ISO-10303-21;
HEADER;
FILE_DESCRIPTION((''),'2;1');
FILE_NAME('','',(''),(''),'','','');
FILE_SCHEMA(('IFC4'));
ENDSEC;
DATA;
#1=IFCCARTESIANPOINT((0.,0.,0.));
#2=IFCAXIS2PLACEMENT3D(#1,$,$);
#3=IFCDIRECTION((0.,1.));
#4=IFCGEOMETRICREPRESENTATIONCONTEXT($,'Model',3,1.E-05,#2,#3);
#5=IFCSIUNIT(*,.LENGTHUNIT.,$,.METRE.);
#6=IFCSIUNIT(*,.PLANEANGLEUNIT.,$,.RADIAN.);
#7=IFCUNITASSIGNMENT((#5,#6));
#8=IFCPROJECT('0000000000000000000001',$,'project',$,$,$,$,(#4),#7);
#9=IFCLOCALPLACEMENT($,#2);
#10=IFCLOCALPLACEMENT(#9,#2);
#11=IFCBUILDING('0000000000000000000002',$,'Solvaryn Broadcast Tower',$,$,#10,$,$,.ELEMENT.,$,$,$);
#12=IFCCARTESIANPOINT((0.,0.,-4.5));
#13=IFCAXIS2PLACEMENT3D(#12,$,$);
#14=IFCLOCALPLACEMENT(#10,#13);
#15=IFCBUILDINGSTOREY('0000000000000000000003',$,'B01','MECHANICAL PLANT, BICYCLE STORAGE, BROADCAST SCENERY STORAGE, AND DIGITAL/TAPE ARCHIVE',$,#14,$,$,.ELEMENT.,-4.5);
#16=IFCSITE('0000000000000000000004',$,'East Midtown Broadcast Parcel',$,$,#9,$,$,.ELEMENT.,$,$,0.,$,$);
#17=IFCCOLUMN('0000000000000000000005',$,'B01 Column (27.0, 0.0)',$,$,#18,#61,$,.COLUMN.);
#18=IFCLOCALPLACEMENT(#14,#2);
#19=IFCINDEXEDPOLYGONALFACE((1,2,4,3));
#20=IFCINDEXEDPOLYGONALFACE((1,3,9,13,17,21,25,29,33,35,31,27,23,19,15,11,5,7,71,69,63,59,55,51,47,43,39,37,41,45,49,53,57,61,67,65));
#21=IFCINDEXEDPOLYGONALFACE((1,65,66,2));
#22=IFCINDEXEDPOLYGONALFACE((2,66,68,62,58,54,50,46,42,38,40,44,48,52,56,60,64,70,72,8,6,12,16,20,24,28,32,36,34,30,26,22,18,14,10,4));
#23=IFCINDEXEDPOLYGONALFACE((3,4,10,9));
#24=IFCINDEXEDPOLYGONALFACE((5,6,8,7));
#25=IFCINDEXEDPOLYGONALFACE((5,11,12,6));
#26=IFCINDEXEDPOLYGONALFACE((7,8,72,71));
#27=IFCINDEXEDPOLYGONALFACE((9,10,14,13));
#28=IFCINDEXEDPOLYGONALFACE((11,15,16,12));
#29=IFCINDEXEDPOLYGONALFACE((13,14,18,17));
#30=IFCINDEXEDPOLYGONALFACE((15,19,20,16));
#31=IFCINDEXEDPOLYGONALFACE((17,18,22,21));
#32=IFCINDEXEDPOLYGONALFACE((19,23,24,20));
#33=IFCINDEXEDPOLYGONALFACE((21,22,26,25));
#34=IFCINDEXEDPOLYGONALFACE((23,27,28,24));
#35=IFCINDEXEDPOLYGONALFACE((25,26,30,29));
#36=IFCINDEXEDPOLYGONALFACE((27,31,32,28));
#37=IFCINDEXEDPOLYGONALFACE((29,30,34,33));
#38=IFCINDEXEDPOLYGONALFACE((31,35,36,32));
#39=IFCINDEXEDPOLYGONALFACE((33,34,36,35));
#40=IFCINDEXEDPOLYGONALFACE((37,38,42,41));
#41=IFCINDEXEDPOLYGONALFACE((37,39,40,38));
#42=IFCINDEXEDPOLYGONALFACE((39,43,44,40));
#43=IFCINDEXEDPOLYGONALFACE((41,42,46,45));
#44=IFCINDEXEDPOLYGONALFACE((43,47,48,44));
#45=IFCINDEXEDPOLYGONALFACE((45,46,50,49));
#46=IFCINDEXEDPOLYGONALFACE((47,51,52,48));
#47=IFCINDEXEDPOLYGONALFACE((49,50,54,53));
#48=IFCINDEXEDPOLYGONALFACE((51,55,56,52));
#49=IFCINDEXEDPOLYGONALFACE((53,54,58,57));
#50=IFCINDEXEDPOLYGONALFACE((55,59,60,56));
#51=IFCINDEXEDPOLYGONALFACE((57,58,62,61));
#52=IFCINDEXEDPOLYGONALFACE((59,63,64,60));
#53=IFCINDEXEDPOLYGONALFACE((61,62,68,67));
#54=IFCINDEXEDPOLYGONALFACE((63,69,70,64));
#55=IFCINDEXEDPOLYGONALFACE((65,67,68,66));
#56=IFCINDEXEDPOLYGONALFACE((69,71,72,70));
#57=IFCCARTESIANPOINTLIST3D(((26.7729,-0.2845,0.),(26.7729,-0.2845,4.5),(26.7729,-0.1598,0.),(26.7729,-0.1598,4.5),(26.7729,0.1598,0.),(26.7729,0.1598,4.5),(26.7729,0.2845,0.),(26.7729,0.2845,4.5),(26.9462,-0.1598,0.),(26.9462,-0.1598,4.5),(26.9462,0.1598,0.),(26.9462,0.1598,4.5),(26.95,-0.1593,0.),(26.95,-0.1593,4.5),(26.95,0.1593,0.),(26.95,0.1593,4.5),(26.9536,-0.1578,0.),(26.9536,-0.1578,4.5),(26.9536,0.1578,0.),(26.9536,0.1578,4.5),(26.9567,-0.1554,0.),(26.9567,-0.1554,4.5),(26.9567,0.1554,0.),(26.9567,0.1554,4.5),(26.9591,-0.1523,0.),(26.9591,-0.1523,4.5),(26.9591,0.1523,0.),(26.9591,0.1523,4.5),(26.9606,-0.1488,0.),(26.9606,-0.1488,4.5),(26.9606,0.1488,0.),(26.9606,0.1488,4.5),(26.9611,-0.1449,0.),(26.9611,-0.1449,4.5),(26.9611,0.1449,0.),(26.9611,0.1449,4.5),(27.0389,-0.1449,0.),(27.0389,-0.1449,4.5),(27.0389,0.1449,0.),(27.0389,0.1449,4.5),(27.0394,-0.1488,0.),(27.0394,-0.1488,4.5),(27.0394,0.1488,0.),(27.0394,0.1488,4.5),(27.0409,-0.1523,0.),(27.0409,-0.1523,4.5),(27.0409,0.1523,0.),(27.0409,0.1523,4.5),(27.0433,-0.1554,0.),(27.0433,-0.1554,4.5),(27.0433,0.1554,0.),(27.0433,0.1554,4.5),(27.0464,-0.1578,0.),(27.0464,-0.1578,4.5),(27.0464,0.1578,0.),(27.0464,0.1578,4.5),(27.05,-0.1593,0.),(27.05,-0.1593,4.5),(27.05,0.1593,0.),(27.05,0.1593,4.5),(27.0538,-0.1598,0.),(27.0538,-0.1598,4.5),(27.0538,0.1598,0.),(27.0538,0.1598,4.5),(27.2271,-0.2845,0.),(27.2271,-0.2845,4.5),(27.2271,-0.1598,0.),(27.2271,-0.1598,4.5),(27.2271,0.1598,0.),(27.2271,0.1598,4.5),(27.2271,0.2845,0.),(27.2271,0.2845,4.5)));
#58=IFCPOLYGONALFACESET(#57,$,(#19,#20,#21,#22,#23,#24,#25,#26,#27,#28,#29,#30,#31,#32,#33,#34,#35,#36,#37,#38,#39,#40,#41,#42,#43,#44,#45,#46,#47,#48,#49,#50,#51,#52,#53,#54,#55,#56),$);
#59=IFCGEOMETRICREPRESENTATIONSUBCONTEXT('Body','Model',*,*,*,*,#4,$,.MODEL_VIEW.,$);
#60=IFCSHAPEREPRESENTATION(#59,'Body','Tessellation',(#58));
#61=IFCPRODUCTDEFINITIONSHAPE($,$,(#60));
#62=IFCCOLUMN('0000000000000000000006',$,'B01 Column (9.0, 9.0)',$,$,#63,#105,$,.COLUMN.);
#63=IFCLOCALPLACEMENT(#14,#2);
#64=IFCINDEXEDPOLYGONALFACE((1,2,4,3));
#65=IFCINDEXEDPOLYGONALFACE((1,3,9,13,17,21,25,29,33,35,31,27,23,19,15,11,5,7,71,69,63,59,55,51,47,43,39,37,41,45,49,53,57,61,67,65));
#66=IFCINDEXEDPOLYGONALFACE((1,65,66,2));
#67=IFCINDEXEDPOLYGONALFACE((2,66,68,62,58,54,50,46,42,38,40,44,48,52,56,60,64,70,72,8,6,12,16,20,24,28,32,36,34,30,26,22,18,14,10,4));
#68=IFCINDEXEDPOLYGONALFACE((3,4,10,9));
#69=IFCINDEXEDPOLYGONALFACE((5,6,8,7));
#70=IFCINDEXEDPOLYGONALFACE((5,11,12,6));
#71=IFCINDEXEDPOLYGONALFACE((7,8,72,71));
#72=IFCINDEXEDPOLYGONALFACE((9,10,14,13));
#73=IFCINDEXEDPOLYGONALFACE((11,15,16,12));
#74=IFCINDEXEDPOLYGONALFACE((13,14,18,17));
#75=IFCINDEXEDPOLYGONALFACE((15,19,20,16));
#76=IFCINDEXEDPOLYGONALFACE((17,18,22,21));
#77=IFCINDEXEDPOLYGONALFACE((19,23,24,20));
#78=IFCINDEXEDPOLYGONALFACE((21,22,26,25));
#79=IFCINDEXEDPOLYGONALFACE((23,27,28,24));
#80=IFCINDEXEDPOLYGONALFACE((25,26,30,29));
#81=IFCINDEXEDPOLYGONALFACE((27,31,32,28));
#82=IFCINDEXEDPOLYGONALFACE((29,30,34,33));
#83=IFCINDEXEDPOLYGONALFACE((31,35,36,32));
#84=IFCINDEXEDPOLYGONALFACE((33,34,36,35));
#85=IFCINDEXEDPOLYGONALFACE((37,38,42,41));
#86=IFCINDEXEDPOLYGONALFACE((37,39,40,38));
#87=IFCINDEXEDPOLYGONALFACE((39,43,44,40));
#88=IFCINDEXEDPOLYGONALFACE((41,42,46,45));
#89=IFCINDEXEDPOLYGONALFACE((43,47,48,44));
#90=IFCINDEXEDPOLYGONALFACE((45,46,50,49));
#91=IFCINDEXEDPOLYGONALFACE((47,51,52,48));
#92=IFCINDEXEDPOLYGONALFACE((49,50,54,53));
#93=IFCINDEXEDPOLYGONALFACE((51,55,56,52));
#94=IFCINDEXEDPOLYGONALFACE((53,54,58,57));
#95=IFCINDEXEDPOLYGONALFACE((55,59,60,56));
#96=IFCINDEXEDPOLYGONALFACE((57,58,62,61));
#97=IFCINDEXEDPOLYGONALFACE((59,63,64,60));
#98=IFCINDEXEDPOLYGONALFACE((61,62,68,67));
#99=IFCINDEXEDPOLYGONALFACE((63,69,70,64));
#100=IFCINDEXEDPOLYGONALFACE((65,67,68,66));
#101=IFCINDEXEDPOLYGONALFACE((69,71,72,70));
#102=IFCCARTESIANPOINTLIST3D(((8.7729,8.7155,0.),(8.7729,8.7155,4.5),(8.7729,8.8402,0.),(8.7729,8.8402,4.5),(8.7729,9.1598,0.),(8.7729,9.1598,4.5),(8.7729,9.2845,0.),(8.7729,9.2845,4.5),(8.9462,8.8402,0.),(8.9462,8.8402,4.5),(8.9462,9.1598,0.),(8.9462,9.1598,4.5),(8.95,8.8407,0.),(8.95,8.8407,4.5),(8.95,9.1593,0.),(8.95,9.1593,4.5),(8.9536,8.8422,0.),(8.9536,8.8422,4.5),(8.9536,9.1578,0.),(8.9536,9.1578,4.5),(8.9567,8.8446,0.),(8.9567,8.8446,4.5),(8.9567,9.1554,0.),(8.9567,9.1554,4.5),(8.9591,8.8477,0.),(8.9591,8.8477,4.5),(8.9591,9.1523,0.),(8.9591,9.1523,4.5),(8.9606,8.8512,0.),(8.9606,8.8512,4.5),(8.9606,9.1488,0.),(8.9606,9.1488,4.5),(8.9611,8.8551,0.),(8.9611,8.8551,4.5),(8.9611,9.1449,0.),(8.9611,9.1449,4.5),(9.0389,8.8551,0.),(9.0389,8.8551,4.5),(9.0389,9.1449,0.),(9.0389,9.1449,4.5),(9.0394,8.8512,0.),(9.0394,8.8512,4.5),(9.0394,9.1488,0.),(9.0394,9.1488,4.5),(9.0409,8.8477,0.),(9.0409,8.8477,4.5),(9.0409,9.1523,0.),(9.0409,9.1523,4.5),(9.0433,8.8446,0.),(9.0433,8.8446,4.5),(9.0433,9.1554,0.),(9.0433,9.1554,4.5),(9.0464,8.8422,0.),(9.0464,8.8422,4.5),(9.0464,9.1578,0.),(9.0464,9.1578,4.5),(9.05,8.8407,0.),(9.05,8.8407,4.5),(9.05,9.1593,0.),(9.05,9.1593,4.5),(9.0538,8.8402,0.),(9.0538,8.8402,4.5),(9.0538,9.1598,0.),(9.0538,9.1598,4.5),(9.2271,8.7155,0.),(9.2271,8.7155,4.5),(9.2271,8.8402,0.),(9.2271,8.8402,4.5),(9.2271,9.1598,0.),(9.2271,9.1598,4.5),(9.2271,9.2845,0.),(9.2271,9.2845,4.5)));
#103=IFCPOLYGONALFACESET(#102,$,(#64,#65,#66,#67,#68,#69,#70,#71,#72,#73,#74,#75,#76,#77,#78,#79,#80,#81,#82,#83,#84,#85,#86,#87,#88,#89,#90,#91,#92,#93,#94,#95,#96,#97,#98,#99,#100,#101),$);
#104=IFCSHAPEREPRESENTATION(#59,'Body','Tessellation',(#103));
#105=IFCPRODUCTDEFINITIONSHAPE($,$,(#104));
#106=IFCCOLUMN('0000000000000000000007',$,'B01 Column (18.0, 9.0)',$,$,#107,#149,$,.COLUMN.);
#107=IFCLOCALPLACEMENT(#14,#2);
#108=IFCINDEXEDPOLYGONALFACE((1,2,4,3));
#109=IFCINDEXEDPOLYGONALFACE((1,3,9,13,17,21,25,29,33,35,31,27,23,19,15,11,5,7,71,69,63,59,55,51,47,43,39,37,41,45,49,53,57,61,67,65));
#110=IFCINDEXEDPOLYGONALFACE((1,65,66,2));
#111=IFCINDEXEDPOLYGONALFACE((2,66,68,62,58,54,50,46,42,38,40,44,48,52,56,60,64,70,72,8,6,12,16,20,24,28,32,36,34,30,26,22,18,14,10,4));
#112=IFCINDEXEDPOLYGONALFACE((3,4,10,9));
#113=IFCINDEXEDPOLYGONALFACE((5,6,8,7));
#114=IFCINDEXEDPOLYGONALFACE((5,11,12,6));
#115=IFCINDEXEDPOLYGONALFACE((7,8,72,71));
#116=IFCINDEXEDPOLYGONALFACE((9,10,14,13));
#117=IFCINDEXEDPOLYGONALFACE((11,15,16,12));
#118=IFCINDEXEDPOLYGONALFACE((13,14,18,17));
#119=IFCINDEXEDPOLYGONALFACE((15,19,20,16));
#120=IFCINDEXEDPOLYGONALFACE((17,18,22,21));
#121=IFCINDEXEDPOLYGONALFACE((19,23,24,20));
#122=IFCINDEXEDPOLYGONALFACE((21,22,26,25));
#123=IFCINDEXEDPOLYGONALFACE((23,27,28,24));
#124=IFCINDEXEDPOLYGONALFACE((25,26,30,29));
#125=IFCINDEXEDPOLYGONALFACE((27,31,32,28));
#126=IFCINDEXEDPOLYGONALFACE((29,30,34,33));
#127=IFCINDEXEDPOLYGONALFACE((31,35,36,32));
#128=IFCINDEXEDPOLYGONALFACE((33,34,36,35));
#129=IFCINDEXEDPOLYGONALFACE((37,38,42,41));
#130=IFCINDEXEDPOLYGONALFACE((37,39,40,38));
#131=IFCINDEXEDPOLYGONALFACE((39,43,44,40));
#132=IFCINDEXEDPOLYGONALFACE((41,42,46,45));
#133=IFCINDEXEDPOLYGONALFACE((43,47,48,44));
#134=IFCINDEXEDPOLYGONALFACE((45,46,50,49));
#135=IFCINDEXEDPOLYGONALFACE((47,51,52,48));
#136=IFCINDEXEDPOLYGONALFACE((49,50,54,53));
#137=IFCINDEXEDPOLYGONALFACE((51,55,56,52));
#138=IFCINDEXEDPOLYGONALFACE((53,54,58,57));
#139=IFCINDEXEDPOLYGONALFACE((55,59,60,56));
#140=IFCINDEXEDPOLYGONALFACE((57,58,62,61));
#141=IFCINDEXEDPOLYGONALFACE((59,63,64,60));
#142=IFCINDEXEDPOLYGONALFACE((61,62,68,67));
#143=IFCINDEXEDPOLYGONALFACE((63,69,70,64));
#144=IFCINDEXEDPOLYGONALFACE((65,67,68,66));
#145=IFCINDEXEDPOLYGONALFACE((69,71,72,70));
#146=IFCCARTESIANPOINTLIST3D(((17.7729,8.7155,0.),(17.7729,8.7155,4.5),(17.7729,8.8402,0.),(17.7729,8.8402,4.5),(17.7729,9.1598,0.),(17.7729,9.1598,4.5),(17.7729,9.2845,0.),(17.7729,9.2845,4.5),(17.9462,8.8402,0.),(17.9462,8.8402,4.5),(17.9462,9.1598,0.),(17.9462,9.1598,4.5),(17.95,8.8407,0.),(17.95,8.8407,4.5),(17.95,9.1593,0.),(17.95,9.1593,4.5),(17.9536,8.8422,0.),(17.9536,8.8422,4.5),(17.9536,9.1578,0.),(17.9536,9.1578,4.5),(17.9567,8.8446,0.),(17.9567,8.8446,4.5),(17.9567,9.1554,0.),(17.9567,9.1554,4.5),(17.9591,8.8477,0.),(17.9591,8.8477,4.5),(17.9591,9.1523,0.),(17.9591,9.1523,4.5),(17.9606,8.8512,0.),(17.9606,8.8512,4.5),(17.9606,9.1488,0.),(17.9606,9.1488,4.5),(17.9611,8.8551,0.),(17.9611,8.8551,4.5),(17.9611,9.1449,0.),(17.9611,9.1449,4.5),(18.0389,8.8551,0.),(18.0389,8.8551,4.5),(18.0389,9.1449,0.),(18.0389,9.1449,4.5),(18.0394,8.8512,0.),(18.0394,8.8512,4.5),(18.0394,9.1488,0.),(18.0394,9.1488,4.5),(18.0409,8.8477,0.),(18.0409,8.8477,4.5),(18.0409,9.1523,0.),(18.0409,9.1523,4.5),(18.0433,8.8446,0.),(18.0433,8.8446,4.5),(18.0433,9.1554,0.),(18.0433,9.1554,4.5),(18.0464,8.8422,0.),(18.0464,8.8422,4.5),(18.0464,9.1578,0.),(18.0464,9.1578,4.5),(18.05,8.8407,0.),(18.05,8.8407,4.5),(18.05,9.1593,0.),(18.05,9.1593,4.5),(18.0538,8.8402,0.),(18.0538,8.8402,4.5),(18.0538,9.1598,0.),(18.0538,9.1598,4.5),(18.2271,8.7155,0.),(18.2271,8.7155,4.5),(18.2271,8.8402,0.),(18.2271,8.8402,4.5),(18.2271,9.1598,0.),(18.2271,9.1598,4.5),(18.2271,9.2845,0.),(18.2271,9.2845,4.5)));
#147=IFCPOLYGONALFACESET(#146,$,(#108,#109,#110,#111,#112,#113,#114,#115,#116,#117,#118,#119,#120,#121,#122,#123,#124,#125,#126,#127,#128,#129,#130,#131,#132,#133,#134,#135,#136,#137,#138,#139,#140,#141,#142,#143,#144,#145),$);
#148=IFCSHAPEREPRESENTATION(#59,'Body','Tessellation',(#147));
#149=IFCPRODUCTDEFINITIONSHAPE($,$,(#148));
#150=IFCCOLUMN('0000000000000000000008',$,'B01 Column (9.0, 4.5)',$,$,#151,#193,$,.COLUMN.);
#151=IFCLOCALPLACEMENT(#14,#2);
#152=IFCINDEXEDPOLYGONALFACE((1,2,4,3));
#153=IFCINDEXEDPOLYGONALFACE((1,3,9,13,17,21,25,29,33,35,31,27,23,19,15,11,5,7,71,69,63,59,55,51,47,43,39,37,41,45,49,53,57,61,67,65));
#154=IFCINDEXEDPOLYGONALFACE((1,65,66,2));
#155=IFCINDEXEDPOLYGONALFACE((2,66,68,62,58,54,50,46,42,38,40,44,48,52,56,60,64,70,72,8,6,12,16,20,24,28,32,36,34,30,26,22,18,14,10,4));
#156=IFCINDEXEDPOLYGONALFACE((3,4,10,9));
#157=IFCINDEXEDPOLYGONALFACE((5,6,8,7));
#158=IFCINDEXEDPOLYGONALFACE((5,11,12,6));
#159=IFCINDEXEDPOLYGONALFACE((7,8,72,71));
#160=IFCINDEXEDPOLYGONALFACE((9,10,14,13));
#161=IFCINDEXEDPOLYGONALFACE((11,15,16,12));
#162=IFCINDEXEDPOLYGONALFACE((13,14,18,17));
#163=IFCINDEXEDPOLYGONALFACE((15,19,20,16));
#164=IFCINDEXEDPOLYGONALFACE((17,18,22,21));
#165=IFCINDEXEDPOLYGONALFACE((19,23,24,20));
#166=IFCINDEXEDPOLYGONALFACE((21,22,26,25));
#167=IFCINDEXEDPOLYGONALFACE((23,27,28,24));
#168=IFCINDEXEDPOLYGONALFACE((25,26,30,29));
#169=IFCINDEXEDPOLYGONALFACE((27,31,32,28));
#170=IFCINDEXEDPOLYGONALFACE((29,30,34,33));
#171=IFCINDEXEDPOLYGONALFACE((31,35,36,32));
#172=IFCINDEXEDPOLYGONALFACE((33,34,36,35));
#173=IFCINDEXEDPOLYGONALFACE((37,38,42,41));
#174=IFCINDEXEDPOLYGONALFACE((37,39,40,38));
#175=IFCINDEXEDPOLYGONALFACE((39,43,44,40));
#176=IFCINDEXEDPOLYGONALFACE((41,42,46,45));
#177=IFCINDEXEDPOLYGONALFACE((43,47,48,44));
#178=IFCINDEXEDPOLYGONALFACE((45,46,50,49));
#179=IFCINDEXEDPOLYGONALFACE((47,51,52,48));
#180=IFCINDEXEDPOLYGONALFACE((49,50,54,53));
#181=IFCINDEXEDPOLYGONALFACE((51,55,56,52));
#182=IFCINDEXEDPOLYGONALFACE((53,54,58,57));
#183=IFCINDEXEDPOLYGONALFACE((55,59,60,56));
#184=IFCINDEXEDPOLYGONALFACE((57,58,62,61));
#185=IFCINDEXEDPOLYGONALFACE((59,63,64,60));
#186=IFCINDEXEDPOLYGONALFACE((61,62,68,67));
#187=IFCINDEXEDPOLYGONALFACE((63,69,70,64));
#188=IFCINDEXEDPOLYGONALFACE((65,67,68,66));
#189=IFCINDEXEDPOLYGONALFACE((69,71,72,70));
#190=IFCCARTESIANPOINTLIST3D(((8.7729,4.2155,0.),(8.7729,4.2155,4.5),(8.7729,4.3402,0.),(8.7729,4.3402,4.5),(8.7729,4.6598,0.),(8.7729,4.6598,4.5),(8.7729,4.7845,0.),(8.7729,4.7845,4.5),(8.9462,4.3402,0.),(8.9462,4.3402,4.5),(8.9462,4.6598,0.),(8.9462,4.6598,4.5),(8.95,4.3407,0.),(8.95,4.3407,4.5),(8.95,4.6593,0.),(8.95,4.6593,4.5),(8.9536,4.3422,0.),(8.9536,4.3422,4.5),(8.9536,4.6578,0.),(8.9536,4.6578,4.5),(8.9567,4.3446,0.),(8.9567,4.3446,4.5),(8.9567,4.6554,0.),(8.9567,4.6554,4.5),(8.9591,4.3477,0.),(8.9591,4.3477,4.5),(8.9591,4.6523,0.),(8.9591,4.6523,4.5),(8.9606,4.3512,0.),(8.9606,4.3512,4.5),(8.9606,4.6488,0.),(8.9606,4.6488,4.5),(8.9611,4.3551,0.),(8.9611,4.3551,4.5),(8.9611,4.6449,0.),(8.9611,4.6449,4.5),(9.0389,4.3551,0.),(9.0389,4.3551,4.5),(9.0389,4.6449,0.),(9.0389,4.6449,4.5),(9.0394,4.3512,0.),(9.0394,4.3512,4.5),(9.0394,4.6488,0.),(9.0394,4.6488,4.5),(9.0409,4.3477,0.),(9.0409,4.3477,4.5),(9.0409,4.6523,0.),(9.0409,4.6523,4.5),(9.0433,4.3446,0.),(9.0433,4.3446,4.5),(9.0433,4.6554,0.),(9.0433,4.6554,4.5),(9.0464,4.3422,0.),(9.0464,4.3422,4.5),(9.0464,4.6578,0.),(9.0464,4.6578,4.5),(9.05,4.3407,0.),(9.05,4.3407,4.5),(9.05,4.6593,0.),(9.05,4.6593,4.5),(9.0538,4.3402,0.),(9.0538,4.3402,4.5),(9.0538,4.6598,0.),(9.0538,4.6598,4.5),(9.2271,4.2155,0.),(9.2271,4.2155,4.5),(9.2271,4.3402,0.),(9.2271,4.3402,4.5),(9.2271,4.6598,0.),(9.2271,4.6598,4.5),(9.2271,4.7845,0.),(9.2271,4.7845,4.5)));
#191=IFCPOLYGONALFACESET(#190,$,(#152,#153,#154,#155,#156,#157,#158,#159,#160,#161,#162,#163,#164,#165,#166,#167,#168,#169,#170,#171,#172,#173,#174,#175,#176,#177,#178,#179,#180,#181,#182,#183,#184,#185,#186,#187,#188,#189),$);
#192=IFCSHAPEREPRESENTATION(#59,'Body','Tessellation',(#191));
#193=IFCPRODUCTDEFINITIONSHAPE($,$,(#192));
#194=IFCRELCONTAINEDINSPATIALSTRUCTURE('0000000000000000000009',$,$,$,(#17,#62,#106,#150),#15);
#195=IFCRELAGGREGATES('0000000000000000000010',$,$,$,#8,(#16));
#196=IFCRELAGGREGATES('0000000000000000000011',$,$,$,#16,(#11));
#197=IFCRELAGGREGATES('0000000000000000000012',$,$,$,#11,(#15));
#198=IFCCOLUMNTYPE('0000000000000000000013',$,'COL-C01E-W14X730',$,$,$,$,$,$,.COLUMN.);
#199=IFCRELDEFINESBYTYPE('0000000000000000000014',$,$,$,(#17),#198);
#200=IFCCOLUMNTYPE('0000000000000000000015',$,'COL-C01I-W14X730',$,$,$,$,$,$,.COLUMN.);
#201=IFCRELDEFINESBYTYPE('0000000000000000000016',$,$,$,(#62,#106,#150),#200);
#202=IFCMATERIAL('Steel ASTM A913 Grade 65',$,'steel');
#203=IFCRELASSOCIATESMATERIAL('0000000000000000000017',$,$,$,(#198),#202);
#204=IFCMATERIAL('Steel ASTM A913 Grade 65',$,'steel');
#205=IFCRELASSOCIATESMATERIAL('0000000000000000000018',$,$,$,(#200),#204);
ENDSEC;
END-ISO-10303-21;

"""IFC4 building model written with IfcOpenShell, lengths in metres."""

from ifc_helpers import new_model, si_unit, direction, frame, origin, origin_2d, place, context, subcontext, project, spatial, i_section, extrude, material, material_profile, profile_set, type_object, element, save


model = new_model("IFC4")

# Units and contexts
model_context = context("Model", 3, precision=1e-05, world=origin(), true_north=direction((0.0, 1.0)))
body_context = subcontext(model_context, "Body", "Model", "MODEL_VIEW")
ifc_project = project(units=[si_unit("LENGTHUNIT", "METRE"), si_unit("PLANEANGLEUNIT", "RADIAN")], contexts=[model_context])

# Site, building, storey
site_placement = place(None, origin())
site = spatial("IfcSite", under=ifc_project, at=site_placement, Name="East Midtown Broadcast Parcel", CompositionType="ELEMENT", RefElevation=0.0)
building_placement = place(site_placement, origin())
building = spatial("IfcBuilding", under=site, at=building_placement, Name="Solvaryn Broadcast Tower", CompositionType="ELEMENT")
storey_placement = place(building_placement, frame((0.0, 0.0, -4.5)))
storey = spatial("IfcBuildingStorey", under=building, at=storey_placement, Name="B01", Description="MECHANICAL PLANT, BICYCLE STORAGE, BROADCAST SCENERY STORAGE, AND DIGITAL/TAPE ARCHIVE", CompositionType="ELEMENT", Elevation=-4.5)

# Columns
ifc_material_1 = material(Name="Steel ASTM A913 Grade 65", Category="steel")
ifc_material_profile_1 = material_profile(ifc_material_1, i_section(OverallWidth=0.4541, OverallDepth=0.5691, WebThickness=0.0779, FlangeThickness=0.1248, FilletRadius=0.0149, at=origin_2d()))
ifc_profile_set_1 = profile_set([ifc_material_profile_1], Name="Steel ASTM A913 Grade 65")
column_type_1 = type_object("IfcColumnType", Name="COL-C01E-W14X730", PredefinedType="COLUMN", material=ifc_profile_set_1)
for number, where, z_axis, x_axis, name in (
    (1, (27.0, 0.0, 0.0), (0.0, 0.0, 1.0), (1.0, 0.0, 0.0), "B01 Column (27.0, 0.0)"),
):
    element("IfcColumn", number, at=place(storey_placement, frame(where, z_axis=z_axis, x_axis=x_axis)), inside=storey, type_object=column_type_1, Name=name, PredefinedType="COLUMN", context=body_context, shape_type="SweptSolid", body=[
        extrude(i_section(OverallWidth=0.4541, OverallDepth=0.5691, WebThickness=0.0779, FlangeThickness=0.1248, FilletRadius=0.0149, at=origin_2d()), origin(), (0.0, 0.0, 1.0), 4.5),
    ])
ifc_material_2 = material(Name="Steel ASTM A913 Grade 65", Category="steel")
ifc_material_profile_2 = material_profile(ifc_material_2, i_section(OverallWidth=0.4541, OverallDepth=0.5691, WebThickness=0.0779, FlangeThickness=0.1248, FilletRadius=0.0149, at=origin_2d()))
ifc_profile_set_2 = profile_set([ifc_material_profile_2], Name="Steel ASTM A913 Grade 65")
column_type_2 = type_object("IfcColumnType", Name="COL-C01I-W14X730", PredefinedType="COLUMN", material=ifc_profile_set_2)
for number, where, z_axis, x_axis, name in (
    (2, (9.0, 9.0, 0.0), (0.0, 0.0, 1.0), (1.0, 0.0, 0.0), "B01 Column (9.0, 9.0)"),
    (3, (18.0, 9.0, 0.0), (0.0, 0.0, 1.0), (1.0, 0.0, 0.0), "B01 Column (18.0, 9.0)"),
    (4, (9.0, 4.5, 0.0), (0.0, 0.0, 1.0), (1.0, 0.0, 0.0), "B01 Column (9.0, 4.5)"),
):
    element("IfcColumn", number, at=place(storey_placement, frame(where, z_axis=z_axis, x_axis=x_axis)), inside=storey, type_object=column_type_2, Name=name, PredefinedType="COLUMN", context=body_context, shape_type="SweptSolid", body=[
        extrude(i_section(OverallWidth=0.4541, OverallDepth=0.5691, WebThickness=0.0779, FlangeThickness=0.1248, FilletRadius=0.0149, at=origin_2d()), origin(), (0.0, 0.0, 1.0), 4.5),
    ])

save(model, "model.ifc")
